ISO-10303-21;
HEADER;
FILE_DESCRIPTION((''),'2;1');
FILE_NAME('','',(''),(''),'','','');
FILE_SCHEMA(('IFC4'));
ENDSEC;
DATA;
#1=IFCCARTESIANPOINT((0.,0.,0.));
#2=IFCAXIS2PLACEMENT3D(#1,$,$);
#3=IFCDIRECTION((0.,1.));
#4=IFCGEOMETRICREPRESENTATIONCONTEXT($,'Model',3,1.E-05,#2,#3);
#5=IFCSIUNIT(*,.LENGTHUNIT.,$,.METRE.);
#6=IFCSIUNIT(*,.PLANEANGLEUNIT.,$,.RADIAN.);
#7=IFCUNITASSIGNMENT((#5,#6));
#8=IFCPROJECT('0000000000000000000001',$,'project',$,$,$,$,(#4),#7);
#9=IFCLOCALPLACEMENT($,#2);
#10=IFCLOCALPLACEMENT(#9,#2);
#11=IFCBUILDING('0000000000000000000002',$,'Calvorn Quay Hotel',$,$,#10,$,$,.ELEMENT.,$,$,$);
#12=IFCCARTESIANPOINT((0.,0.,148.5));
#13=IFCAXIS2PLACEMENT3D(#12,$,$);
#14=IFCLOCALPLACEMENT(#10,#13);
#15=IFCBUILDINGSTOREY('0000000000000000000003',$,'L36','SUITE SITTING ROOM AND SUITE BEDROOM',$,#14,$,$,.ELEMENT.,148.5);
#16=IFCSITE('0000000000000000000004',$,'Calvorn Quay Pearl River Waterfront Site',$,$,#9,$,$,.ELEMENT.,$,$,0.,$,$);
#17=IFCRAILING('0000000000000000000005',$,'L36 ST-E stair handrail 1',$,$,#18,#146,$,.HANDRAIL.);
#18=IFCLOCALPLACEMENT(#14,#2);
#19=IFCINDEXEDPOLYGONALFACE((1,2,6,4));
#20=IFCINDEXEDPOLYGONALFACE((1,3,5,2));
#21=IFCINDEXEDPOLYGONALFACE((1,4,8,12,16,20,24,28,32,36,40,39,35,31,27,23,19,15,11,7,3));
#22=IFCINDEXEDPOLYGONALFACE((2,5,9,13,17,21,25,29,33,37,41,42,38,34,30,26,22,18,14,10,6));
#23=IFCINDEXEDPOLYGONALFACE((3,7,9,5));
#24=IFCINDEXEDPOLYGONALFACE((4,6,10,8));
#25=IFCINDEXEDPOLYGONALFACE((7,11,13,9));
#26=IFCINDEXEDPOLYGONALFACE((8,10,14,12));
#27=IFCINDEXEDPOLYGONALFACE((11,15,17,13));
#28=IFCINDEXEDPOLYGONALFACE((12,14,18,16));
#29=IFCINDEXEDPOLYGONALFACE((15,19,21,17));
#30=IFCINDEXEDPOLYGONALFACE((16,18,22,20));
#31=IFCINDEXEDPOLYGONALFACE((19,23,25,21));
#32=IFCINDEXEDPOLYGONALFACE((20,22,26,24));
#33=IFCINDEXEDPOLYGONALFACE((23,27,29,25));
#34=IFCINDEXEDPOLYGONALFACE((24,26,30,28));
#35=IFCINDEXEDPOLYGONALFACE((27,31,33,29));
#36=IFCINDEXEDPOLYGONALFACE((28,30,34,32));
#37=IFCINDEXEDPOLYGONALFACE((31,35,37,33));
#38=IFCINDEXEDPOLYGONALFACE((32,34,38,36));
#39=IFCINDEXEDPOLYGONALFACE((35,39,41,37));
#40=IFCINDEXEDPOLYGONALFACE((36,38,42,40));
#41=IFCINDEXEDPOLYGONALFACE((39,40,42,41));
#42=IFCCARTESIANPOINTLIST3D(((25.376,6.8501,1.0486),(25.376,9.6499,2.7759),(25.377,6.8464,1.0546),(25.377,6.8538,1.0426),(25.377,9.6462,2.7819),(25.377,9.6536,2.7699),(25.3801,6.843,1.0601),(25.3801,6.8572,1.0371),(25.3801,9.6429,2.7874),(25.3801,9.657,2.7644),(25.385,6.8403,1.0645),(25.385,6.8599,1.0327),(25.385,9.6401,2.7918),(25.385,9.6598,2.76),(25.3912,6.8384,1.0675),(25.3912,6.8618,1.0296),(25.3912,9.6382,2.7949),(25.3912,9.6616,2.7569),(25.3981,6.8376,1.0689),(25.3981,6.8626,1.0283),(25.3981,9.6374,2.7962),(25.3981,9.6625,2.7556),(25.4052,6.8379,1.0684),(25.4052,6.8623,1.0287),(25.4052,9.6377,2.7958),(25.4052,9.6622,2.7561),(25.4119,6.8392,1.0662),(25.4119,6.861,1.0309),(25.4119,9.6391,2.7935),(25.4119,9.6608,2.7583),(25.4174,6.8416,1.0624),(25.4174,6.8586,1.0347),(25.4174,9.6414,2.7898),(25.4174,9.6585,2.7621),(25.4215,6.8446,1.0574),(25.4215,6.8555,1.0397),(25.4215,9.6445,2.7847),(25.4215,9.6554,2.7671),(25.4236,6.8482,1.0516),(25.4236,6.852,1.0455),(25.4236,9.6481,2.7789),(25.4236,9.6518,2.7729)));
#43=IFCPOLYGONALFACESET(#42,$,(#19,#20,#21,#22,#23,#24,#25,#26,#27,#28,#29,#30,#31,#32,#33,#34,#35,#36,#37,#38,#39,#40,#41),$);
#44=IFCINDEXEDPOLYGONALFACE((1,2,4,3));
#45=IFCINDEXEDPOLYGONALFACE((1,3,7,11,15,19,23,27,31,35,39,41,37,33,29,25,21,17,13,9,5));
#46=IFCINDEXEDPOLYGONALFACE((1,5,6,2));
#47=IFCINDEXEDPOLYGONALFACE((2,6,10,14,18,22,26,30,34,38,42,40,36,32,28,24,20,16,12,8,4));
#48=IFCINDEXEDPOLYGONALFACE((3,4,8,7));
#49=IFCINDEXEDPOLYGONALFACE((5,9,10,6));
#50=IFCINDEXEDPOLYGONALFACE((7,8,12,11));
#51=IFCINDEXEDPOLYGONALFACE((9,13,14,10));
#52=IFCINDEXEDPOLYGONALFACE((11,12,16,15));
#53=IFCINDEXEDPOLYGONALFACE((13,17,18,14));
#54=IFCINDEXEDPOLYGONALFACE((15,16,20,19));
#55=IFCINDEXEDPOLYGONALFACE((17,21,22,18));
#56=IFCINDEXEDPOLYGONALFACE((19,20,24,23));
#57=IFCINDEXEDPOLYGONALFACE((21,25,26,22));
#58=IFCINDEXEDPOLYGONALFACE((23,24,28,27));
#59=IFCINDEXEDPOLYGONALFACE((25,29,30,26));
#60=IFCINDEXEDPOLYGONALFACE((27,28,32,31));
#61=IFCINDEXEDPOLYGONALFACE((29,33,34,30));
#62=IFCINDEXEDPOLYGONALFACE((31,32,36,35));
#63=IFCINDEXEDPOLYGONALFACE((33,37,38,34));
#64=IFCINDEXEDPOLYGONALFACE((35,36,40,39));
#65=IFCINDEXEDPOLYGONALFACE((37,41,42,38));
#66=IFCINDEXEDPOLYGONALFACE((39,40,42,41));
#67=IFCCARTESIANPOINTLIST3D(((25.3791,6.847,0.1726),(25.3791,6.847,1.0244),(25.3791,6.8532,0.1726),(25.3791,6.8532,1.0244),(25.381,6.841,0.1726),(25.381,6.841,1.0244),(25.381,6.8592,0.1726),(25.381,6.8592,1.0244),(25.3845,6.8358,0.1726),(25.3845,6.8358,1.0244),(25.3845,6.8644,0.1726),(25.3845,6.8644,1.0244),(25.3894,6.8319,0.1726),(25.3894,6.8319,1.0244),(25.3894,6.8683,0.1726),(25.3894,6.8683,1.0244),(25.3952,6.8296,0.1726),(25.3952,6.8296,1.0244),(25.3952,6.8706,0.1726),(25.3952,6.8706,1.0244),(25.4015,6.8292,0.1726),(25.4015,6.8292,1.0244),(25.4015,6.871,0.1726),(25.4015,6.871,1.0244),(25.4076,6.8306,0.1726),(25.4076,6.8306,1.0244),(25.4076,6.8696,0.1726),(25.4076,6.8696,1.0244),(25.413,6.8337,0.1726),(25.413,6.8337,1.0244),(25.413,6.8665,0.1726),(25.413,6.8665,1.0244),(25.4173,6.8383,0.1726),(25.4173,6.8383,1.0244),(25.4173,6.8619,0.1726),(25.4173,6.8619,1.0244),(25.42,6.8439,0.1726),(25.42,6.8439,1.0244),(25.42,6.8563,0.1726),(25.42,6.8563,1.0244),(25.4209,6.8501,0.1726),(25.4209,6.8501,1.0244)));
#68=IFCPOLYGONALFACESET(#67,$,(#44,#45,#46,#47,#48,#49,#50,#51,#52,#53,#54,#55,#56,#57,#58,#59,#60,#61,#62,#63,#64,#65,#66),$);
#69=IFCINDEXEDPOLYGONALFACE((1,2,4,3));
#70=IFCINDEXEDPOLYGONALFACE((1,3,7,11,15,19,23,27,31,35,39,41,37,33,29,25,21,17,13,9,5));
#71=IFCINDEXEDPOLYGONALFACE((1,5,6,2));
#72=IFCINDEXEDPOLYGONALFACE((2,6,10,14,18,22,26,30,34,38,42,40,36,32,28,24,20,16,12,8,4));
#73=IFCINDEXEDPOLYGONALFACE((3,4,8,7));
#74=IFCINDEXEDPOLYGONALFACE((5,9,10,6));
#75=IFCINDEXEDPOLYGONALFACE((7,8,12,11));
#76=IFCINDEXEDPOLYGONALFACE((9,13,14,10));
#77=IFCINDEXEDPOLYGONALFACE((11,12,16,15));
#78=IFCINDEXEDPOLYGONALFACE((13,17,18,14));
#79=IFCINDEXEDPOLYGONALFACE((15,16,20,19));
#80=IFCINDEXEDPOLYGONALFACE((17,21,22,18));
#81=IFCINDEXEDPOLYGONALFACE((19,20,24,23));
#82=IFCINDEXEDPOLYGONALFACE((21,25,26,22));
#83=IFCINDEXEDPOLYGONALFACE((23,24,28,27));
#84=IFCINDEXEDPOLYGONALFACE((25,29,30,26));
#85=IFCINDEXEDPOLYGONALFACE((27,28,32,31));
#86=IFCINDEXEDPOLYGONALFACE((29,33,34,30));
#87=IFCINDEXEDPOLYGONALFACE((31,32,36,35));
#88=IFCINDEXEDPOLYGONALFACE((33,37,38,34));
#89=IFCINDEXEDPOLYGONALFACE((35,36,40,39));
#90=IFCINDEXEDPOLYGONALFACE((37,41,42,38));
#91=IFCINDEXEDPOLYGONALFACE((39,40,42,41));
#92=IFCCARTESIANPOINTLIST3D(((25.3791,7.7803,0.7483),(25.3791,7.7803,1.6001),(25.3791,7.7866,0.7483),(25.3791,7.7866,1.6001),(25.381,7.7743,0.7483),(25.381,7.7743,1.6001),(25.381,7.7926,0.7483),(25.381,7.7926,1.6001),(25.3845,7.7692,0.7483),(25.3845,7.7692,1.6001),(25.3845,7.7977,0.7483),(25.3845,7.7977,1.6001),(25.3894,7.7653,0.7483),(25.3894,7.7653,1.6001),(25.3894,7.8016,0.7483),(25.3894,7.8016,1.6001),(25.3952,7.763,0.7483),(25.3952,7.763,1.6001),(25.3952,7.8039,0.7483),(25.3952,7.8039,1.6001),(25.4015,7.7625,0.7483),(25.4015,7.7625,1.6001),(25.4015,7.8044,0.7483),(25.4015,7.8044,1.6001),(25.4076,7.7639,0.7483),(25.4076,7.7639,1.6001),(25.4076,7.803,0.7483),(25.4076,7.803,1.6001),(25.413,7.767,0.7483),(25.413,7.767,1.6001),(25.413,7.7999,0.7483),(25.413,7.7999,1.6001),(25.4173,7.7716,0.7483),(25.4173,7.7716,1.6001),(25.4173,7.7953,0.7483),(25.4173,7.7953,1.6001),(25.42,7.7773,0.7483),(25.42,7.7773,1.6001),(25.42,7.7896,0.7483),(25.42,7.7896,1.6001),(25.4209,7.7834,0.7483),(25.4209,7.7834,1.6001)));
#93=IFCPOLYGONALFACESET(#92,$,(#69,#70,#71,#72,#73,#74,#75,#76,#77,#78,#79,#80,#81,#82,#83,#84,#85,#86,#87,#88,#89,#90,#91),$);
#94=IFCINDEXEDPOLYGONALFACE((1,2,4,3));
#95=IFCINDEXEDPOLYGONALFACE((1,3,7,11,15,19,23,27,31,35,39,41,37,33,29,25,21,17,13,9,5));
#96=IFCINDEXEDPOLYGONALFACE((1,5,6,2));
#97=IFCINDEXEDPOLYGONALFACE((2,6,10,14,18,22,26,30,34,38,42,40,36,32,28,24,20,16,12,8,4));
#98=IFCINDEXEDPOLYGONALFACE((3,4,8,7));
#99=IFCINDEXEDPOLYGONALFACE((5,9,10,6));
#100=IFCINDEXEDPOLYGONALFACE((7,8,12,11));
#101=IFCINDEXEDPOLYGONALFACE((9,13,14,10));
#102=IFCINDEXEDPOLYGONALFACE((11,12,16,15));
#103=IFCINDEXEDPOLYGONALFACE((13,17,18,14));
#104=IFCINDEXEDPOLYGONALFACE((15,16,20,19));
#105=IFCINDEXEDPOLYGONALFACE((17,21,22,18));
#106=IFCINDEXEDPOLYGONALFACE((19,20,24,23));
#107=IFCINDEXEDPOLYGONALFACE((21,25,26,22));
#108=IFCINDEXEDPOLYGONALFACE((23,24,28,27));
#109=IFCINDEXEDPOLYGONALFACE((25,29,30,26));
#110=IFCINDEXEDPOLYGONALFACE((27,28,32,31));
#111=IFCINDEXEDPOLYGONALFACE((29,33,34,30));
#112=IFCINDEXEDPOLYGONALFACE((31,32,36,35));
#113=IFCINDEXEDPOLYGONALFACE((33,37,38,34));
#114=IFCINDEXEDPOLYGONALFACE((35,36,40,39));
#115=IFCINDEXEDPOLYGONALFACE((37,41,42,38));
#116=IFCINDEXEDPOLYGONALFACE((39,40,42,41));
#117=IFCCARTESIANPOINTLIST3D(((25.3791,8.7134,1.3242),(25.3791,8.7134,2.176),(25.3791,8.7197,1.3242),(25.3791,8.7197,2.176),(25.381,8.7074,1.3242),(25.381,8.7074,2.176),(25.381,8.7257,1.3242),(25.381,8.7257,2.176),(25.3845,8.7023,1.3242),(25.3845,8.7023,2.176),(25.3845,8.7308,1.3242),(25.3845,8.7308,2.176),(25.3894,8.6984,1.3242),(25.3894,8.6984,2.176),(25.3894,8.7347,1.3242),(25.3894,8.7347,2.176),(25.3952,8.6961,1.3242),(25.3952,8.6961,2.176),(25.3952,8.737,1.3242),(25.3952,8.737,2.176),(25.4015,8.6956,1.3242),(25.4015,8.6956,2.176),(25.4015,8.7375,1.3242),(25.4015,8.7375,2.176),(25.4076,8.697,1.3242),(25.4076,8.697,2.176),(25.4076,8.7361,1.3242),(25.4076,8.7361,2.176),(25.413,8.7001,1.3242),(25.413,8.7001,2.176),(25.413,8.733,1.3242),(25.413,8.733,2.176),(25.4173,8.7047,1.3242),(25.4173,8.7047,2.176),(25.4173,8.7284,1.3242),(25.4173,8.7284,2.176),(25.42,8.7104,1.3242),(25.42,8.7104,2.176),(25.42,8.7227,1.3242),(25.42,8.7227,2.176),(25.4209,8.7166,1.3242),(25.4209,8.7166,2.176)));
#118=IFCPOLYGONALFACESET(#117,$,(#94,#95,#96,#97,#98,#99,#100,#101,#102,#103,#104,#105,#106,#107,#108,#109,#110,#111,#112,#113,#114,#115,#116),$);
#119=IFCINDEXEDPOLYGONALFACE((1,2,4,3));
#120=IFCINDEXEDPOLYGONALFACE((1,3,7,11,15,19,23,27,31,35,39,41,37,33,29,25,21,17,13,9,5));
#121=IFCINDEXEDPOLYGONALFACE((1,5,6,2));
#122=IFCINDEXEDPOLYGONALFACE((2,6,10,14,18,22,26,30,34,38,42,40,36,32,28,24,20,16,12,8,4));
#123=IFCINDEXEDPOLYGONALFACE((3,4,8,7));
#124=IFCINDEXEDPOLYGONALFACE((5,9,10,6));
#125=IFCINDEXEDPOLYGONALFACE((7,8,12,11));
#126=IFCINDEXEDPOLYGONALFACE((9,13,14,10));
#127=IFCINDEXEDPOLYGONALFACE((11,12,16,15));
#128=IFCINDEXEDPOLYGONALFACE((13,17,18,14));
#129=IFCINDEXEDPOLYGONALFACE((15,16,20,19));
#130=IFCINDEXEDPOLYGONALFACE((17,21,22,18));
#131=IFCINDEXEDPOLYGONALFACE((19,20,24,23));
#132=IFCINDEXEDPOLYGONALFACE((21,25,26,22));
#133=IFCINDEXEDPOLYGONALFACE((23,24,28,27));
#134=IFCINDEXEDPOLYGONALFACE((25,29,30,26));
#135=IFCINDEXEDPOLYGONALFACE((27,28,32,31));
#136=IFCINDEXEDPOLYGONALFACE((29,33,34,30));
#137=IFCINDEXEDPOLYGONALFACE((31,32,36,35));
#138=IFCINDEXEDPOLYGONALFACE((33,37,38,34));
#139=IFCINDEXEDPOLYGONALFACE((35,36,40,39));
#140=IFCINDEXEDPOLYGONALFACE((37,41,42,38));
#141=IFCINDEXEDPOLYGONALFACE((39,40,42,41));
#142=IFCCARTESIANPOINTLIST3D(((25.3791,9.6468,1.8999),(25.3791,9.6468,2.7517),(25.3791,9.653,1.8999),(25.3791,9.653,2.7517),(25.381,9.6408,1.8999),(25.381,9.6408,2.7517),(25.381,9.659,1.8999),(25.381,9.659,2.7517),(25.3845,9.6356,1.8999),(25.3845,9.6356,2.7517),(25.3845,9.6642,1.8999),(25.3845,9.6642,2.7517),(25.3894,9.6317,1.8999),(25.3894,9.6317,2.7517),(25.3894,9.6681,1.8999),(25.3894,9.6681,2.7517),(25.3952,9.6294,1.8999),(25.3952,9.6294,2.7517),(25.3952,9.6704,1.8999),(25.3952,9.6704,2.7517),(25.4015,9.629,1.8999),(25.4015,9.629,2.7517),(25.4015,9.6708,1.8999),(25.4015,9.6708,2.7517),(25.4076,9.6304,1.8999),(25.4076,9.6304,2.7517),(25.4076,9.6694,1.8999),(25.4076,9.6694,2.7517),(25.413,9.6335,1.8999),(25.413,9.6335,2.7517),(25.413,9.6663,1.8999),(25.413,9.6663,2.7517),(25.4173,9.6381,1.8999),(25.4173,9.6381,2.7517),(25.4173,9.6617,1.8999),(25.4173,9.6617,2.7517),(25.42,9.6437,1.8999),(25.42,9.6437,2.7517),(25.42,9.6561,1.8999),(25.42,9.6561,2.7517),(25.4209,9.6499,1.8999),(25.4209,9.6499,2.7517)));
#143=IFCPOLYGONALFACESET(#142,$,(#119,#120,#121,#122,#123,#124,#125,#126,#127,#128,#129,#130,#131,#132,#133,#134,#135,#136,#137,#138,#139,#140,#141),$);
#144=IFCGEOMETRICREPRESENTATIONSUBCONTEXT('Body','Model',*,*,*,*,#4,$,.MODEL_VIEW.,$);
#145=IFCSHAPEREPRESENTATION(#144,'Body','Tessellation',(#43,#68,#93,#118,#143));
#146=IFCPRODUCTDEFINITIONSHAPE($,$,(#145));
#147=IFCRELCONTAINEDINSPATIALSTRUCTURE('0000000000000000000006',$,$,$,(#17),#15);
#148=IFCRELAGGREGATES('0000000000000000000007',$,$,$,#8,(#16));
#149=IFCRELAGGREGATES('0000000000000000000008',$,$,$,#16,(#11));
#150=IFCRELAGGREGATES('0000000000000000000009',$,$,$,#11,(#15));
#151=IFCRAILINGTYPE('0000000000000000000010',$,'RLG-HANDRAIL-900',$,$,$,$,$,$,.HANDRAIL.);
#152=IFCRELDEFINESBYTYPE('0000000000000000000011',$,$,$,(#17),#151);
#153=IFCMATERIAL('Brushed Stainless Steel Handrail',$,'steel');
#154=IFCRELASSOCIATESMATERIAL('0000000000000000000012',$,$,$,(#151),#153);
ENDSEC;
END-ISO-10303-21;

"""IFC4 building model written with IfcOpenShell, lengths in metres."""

from ifc_helpers import new_model, si_unit, direction, frame, origin, origin_2d, place, context, subcontext, project, spatial, circle, extrude, material, type_object, element, save


model = new_model("IFC4")

# Units and contexts
model_context = context("Model", 3, precision=1e-05, world=origin(), true_north=direction((0.0, 1.0)))
body_context = subcontext(model_context, "Body", "Model", "MODEL_VIEW")
ifc_project = project(units=[si_unit("LENGTHUNIT", "METRE"), si_unit("PLANEANGLEUNIT", "RADIAN")], contexts=[model_context])

# Site, building, storey
site_placement = place(None, origin())
site = spatial("IfcSite", under=ifc_project, at=site_placement, Name="Calvorn Quay Pearl River Waterfront Site", CompositionType="ELEMENT", RefElevation=0.0)
building_placement = place(site_placement, origin())
building = spatial("IfcBuilding", under=site, at=building_placement, Name="Calvorn Quay Hotel", CompositionType="ELEMENT")
storey_placement = place(building_placement, frame((0.0, 0.0, 148.5)))
storey = spatial("IfcBuildingStorey", under=building, at=storey_placement, Name="L36", Description="SUITE SITTING ROOM AND SUITE BEDROOM", CompositionType="ELEMENT", Elevation=148.5)

# Railing
ifc_material_1 = material(Name="Brushed Stainless Steel Handrail", Category="steel")
railing_type_1 = type_object("IfcRailingType", Name="RLG-HANDRAIL-900", PredefinedType="HANDRAIL", material=ifc_material_1)
railing_1_placement = place(storey_placement, frame((25.3999, 6.8501, 0.1726)))
element("IfcRailing", 1, at=railing_1_placement, inside=storey, type_object=railing_type_1, Name="L36 ST-E stair handrail 1", PredefinedType="HANDRAIL", context=body_context, shape_type="SweptSolid", body=[
    extrude(circle(Radius=0.0239, at=origin_2d()), frame((0.0, 0.0, 0.876), z_axis=(0.0, 0.851069, 0.525054), x_axis=(-1.0, 0.0, 0.0)), (0.0, 0.0, 1.0), 3.2898),
    extrude(circle(Radius=0.021, at=origin_2d()), origin(), (0.0, 0.0, 1.0), 0.8518),
    extrude(circle(Radius=0.021, at=origin_2d()), frame((0.0, 0.9333, 0.5757)), (0.0, 0.0, 1.0), 0.8518),
    extrude(circle(Radius=0.021, at=origin_2d()), frame((0.0, 1.8665, 1.1516)), (0.0, 0.0, 1.0), 0.8518),
    extrude(circle(Radius=0.021, at=origin_2d()), frame((0.0, 2.7998, 1.7273)), (0.0, 0.0, 1.0), 0.8518),
])

save(model, "model.ifc")
